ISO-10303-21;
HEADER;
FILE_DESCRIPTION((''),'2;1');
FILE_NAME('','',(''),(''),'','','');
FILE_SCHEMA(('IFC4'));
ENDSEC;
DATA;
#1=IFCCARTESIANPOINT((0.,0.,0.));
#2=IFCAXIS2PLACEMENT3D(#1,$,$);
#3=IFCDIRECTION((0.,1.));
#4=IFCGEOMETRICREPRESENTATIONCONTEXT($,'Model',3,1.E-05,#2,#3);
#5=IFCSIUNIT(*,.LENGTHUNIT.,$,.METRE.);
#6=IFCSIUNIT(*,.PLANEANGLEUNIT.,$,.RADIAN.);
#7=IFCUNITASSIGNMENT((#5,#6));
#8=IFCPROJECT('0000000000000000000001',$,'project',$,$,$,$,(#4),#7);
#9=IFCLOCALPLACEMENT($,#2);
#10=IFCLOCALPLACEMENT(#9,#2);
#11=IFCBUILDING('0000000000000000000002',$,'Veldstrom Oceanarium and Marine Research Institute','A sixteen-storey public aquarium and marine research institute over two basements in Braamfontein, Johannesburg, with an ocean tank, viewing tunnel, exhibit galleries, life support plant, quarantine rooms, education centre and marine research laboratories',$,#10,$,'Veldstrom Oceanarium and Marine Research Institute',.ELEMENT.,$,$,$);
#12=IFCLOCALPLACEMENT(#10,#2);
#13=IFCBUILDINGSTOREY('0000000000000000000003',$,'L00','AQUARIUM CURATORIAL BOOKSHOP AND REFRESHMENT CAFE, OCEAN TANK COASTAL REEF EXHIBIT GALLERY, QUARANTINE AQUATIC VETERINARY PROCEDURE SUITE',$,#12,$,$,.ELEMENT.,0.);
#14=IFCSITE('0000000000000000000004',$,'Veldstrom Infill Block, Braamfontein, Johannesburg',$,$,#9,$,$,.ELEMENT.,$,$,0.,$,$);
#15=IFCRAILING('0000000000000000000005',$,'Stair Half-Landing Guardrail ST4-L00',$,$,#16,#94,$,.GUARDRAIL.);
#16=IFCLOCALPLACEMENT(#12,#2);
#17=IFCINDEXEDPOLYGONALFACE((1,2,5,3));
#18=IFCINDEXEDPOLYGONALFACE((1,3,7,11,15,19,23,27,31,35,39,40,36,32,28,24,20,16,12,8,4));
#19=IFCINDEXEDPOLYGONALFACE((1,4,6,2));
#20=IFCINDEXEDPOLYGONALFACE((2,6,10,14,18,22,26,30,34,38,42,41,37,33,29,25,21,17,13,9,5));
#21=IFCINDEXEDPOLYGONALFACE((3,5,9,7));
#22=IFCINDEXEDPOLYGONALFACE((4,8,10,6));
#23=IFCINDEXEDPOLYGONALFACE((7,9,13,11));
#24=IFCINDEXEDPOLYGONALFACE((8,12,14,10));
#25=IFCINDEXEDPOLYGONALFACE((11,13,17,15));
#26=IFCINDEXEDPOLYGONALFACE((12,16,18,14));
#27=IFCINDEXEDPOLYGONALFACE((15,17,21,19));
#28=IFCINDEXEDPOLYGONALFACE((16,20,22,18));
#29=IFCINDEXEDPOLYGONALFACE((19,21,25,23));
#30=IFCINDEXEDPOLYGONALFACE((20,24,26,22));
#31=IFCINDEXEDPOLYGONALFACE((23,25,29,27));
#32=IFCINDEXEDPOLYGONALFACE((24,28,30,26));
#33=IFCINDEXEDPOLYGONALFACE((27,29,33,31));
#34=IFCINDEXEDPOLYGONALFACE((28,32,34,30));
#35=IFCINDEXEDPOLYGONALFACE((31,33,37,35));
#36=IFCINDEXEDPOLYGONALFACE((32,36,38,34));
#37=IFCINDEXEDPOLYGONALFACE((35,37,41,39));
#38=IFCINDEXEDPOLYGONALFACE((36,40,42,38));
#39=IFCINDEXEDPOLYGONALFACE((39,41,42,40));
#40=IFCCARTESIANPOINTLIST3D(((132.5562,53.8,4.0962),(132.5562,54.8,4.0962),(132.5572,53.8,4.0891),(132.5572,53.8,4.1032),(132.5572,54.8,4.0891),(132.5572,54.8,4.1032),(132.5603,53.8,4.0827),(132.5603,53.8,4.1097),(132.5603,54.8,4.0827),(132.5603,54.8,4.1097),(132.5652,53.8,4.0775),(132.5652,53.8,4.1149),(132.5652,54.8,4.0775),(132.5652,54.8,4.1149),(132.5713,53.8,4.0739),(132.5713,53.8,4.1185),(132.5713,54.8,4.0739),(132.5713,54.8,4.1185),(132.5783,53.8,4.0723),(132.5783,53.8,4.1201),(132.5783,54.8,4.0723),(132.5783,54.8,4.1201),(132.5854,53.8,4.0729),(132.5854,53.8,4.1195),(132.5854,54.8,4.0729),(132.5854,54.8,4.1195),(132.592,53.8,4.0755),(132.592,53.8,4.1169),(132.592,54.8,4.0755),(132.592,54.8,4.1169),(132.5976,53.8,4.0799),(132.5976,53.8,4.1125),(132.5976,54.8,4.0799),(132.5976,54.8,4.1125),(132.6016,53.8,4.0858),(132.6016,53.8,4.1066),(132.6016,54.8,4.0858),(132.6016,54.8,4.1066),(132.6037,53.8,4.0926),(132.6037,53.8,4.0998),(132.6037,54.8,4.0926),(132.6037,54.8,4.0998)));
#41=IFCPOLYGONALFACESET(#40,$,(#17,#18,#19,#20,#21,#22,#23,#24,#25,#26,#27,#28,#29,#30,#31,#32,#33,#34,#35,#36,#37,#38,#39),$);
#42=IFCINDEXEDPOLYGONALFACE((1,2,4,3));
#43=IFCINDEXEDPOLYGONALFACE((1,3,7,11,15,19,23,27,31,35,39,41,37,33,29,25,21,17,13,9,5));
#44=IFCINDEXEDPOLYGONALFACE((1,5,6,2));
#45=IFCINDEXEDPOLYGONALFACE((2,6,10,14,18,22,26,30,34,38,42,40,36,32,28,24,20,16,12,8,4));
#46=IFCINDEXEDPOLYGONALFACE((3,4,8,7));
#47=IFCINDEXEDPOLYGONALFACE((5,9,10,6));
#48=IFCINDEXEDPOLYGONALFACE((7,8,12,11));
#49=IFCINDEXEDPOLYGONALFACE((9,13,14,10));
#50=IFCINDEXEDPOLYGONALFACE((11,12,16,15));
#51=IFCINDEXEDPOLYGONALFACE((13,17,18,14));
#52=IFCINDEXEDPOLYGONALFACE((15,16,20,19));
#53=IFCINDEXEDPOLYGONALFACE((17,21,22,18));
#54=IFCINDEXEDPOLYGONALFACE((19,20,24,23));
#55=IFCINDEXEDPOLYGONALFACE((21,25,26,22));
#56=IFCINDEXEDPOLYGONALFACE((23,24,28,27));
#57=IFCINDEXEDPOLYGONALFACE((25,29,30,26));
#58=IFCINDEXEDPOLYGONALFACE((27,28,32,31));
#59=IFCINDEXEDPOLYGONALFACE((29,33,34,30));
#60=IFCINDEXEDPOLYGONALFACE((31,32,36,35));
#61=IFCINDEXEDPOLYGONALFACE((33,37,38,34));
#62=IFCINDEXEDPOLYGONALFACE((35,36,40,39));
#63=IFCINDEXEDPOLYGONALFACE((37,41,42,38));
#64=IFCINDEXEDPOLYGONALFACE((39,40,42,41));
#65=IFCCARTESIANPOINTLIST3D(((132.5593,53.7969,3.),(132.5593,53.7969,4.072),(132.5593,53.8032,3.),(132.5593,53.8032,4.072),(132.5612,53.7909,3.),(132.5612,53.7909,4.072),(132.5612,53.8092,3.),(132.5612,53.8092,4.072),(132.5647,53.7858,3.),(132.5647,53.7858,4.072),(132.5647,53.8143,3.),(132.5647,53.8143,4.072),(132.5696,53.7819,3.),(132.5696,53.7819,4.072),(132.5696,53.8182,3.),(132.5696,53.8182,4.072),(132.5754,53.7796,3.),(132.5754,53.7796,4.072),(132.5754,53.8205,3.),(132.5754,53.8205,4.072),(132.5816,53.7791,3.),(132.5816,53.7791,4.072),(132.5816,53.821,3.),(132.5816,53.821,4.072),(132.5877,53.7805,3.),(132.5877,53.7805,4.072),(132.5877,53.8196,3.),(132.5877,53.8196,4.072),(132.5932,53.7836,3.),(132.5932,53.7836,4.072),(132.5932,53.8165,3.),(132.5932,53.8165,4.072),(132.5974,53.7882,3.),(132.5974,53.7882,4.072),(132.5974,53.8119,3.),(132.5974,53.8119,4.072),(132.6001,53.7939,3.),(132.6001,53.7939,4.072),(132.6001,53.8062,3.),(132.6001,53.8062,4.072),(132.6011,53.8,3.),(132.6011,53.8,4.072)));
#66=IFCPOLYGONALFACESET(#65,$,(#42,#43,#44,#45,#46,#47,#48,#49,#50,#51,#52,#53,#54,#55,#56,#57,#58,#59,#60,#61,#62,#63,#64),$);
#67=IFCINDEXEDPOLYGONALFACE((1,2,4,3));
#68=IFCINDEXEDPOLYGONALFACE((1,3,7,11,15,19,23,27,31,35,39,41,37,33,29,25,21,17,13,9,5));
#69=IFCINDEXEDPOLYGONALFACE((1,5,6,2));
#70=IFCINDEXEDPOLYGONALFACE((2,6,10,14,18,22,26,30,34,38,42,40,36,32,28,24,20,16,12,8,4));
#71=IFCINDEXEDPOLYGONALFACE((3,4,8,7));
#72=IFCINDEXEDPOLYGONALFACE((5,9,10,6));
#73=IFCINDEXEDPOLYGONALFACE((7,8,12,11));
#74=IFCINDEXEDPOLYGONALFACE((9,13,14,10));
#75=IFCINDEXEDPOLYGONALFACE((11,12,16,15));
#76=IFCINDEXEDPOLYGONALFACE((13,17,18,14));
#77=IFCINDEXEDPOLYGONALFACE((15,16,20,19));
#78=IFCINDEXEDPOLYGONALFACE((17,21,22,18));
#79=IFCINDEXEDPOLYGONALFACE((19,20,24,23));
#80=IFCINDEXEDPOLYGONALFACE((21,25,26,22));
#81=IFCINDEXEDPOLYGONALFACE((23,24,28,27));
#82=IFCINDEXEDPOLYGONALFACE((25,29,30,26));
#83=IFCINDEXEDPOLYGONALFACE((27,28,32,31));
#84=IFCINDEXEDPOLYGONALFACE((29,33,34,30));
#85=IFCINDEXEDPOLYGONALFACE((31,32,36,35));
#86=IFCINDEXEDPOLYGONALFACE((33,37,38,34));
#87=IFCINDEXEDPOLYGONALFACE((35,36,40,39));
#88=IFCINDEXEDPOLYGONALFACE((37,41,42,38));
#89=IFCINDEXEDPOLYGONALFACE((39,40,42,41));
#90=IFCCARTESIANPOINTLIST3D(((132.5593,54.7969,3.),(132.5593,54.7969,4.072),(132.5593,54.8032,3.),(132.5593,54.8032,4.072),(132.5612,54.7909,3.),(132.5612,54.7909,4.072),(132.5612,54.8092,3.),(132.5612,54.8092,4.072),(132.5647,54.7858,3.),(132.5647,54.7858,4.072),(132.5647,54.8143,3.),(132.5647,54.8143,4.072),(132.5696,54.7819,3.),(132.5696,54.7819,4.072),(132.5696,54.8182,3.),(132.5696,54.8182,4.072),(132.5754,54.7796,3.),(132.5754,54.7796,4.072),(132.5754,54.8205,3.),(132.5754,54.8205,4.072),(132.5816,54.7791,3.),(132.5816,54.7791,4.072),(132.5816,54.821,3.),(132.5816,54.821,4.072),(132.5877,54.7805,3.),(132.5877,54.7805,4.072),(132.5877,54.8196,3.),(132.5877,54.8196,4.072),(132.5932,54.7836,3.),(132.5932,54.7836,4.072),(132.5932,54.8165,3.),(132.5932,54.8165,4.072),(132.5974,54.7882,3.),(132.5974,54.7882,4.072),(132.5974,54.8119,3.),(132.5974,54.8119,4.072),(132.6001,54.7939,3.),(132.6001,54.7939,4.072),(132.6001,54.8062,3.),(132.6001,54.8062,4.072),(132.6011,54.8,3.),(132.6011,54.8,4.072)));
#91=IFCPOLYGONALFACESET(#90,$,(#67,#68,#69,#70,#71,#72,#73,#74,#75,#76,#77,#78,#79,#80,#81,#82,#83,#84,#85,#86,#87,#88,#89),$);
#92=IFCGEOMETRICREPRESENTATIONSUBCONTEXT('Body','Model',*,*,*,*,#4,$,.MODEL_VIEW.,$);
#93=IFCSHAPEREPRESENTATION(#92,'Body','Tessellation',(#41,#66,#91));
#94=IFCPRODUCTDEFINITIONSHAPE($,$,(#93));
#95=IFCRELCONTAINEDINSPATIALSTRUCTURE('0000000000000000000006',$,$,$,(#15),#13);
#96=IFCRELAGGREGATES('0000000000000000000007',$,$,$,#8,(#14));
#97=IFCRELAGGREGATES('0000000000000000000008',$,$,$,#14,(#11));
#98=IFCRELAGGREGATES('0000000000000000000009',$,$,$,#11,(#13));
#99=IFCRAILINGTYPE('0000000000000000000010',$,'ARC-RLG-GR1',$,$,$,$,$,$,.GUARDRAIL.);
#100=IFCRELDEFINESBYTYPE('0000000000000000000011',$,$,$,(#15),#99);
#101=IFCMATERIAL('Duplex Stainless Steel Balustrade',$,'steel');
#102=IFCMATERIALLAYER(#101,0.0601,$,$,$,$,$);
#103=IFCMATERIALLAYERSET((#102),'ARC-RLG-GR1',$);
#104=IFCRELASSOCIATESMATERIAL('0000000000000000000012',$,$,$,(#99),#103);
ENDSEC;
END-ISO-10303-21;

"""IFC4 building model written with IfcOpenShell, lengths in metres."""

from ifc_helpers import new_model, si_unit, direction, frame, origin, origin_2d, place, context, subcontext, project, spatial, circle, extrude, material, layer, layer_set, type_object, element, save


model = new_model("IFC4")

# Units and contexts
model_context = context("Model", 3, precision=1e-05, world=origin(), true_north=direction((0.0, 1.0)))
body_context = subcontext(model_context, "Body", "Model", "MODEL_VIEW")
ifc_project = project(units=[si_unit("LENGTHUNIT", "METRE"), si_unit("PLANEANGLEUNIT", "RADIAN")], contexts=[model_context])

# Site, building, storey
site_placement = place(None, origin())
site = spatial("IfcSite", under=ifc_project, at=site_placement, Name="Veldstrom Infill Block, Braamfontein, Johannesburg", CompositionType="ELEMENT", RefElevation=0.0)
building_placement = place(site_placement, origin())
building = spatial("IfcBuilding", under=site, at=building_placement, Name="Veldstrom Oceanarium and Marine Research Institute", Description="A sixteen-storey public aquarium and marine research institute over two basements in Braamfontein, Johannesburg, with an ocean tank, viewing tunnel, exhibit galleries, life support plant, quarantine rooms, education centre and marine research laboratories", LongName="Veldstrom Oceanarium and Marine Research Institute", CompositionType="ELEMENT")
storey_placement = place(building_placement, origin())
storey = spatial("IfcBuildingStorey", under=building, at=storey_placement, Name="L00", Description="AQUARIUM CURATORIAL BOOKSHOP AND REFRESHMENT CAFE, OCEAN TANK COASTAL REEF EXHIBIT GALLERY, QUARANTINE AQUATIC VETERINARY PROCEDURE SUITE", CompositionType="ELEMENT", Elevation=0.0)

# Railing
ifc_material_1 = material(Name="Duplex Stainless Steel Balustrade", Category="steel")
ifc_layer_1 = layer(ifc_material_1, 0.0601)
ifc_layer_set_1 = layer_set([ifc_layer_1], Name="ARC-RLG-GR1")
railing_type_1 = type_object("IfcRailingType", Name="ARC-RLG-GR1", PredefinedType="GUARDRAIL", material=ifc_layer_set_1)
railing_1_placement = place(storey_placement, frame((132.5801, 53.8, 3.0)))
element("IfcRailing", 1, at=railing_1_placement, inside=storey, type_object=railing_type_1, Name="Stair Half-Landing Guardrail ST4-L00", PredefinedType="GUARDRAIL", context=body_context, shape_type="SweptSolid", body=[
    extrude(circle(Radius=0.0239, at=origin_2d()), frame((0.0, 0.0, 1.0962), z_axis=(0.0, 1.0, 0.0), x_axis=(-1.0, 0.0, 0.0)), (0.0, 0.0, 1.0), 1.0),
    extrude(circle(Radius=0.021, at=origin_2d()), origin(), (0.0, 0.0, 1.0), 1.072),
    extrude(circle(Radius=0.021, at=origin_2d()), frame((0.0, 1.0, 0.0)), (0.0, 0.0, 1.0), 1.072),
])

save(model, "model.ifc")
